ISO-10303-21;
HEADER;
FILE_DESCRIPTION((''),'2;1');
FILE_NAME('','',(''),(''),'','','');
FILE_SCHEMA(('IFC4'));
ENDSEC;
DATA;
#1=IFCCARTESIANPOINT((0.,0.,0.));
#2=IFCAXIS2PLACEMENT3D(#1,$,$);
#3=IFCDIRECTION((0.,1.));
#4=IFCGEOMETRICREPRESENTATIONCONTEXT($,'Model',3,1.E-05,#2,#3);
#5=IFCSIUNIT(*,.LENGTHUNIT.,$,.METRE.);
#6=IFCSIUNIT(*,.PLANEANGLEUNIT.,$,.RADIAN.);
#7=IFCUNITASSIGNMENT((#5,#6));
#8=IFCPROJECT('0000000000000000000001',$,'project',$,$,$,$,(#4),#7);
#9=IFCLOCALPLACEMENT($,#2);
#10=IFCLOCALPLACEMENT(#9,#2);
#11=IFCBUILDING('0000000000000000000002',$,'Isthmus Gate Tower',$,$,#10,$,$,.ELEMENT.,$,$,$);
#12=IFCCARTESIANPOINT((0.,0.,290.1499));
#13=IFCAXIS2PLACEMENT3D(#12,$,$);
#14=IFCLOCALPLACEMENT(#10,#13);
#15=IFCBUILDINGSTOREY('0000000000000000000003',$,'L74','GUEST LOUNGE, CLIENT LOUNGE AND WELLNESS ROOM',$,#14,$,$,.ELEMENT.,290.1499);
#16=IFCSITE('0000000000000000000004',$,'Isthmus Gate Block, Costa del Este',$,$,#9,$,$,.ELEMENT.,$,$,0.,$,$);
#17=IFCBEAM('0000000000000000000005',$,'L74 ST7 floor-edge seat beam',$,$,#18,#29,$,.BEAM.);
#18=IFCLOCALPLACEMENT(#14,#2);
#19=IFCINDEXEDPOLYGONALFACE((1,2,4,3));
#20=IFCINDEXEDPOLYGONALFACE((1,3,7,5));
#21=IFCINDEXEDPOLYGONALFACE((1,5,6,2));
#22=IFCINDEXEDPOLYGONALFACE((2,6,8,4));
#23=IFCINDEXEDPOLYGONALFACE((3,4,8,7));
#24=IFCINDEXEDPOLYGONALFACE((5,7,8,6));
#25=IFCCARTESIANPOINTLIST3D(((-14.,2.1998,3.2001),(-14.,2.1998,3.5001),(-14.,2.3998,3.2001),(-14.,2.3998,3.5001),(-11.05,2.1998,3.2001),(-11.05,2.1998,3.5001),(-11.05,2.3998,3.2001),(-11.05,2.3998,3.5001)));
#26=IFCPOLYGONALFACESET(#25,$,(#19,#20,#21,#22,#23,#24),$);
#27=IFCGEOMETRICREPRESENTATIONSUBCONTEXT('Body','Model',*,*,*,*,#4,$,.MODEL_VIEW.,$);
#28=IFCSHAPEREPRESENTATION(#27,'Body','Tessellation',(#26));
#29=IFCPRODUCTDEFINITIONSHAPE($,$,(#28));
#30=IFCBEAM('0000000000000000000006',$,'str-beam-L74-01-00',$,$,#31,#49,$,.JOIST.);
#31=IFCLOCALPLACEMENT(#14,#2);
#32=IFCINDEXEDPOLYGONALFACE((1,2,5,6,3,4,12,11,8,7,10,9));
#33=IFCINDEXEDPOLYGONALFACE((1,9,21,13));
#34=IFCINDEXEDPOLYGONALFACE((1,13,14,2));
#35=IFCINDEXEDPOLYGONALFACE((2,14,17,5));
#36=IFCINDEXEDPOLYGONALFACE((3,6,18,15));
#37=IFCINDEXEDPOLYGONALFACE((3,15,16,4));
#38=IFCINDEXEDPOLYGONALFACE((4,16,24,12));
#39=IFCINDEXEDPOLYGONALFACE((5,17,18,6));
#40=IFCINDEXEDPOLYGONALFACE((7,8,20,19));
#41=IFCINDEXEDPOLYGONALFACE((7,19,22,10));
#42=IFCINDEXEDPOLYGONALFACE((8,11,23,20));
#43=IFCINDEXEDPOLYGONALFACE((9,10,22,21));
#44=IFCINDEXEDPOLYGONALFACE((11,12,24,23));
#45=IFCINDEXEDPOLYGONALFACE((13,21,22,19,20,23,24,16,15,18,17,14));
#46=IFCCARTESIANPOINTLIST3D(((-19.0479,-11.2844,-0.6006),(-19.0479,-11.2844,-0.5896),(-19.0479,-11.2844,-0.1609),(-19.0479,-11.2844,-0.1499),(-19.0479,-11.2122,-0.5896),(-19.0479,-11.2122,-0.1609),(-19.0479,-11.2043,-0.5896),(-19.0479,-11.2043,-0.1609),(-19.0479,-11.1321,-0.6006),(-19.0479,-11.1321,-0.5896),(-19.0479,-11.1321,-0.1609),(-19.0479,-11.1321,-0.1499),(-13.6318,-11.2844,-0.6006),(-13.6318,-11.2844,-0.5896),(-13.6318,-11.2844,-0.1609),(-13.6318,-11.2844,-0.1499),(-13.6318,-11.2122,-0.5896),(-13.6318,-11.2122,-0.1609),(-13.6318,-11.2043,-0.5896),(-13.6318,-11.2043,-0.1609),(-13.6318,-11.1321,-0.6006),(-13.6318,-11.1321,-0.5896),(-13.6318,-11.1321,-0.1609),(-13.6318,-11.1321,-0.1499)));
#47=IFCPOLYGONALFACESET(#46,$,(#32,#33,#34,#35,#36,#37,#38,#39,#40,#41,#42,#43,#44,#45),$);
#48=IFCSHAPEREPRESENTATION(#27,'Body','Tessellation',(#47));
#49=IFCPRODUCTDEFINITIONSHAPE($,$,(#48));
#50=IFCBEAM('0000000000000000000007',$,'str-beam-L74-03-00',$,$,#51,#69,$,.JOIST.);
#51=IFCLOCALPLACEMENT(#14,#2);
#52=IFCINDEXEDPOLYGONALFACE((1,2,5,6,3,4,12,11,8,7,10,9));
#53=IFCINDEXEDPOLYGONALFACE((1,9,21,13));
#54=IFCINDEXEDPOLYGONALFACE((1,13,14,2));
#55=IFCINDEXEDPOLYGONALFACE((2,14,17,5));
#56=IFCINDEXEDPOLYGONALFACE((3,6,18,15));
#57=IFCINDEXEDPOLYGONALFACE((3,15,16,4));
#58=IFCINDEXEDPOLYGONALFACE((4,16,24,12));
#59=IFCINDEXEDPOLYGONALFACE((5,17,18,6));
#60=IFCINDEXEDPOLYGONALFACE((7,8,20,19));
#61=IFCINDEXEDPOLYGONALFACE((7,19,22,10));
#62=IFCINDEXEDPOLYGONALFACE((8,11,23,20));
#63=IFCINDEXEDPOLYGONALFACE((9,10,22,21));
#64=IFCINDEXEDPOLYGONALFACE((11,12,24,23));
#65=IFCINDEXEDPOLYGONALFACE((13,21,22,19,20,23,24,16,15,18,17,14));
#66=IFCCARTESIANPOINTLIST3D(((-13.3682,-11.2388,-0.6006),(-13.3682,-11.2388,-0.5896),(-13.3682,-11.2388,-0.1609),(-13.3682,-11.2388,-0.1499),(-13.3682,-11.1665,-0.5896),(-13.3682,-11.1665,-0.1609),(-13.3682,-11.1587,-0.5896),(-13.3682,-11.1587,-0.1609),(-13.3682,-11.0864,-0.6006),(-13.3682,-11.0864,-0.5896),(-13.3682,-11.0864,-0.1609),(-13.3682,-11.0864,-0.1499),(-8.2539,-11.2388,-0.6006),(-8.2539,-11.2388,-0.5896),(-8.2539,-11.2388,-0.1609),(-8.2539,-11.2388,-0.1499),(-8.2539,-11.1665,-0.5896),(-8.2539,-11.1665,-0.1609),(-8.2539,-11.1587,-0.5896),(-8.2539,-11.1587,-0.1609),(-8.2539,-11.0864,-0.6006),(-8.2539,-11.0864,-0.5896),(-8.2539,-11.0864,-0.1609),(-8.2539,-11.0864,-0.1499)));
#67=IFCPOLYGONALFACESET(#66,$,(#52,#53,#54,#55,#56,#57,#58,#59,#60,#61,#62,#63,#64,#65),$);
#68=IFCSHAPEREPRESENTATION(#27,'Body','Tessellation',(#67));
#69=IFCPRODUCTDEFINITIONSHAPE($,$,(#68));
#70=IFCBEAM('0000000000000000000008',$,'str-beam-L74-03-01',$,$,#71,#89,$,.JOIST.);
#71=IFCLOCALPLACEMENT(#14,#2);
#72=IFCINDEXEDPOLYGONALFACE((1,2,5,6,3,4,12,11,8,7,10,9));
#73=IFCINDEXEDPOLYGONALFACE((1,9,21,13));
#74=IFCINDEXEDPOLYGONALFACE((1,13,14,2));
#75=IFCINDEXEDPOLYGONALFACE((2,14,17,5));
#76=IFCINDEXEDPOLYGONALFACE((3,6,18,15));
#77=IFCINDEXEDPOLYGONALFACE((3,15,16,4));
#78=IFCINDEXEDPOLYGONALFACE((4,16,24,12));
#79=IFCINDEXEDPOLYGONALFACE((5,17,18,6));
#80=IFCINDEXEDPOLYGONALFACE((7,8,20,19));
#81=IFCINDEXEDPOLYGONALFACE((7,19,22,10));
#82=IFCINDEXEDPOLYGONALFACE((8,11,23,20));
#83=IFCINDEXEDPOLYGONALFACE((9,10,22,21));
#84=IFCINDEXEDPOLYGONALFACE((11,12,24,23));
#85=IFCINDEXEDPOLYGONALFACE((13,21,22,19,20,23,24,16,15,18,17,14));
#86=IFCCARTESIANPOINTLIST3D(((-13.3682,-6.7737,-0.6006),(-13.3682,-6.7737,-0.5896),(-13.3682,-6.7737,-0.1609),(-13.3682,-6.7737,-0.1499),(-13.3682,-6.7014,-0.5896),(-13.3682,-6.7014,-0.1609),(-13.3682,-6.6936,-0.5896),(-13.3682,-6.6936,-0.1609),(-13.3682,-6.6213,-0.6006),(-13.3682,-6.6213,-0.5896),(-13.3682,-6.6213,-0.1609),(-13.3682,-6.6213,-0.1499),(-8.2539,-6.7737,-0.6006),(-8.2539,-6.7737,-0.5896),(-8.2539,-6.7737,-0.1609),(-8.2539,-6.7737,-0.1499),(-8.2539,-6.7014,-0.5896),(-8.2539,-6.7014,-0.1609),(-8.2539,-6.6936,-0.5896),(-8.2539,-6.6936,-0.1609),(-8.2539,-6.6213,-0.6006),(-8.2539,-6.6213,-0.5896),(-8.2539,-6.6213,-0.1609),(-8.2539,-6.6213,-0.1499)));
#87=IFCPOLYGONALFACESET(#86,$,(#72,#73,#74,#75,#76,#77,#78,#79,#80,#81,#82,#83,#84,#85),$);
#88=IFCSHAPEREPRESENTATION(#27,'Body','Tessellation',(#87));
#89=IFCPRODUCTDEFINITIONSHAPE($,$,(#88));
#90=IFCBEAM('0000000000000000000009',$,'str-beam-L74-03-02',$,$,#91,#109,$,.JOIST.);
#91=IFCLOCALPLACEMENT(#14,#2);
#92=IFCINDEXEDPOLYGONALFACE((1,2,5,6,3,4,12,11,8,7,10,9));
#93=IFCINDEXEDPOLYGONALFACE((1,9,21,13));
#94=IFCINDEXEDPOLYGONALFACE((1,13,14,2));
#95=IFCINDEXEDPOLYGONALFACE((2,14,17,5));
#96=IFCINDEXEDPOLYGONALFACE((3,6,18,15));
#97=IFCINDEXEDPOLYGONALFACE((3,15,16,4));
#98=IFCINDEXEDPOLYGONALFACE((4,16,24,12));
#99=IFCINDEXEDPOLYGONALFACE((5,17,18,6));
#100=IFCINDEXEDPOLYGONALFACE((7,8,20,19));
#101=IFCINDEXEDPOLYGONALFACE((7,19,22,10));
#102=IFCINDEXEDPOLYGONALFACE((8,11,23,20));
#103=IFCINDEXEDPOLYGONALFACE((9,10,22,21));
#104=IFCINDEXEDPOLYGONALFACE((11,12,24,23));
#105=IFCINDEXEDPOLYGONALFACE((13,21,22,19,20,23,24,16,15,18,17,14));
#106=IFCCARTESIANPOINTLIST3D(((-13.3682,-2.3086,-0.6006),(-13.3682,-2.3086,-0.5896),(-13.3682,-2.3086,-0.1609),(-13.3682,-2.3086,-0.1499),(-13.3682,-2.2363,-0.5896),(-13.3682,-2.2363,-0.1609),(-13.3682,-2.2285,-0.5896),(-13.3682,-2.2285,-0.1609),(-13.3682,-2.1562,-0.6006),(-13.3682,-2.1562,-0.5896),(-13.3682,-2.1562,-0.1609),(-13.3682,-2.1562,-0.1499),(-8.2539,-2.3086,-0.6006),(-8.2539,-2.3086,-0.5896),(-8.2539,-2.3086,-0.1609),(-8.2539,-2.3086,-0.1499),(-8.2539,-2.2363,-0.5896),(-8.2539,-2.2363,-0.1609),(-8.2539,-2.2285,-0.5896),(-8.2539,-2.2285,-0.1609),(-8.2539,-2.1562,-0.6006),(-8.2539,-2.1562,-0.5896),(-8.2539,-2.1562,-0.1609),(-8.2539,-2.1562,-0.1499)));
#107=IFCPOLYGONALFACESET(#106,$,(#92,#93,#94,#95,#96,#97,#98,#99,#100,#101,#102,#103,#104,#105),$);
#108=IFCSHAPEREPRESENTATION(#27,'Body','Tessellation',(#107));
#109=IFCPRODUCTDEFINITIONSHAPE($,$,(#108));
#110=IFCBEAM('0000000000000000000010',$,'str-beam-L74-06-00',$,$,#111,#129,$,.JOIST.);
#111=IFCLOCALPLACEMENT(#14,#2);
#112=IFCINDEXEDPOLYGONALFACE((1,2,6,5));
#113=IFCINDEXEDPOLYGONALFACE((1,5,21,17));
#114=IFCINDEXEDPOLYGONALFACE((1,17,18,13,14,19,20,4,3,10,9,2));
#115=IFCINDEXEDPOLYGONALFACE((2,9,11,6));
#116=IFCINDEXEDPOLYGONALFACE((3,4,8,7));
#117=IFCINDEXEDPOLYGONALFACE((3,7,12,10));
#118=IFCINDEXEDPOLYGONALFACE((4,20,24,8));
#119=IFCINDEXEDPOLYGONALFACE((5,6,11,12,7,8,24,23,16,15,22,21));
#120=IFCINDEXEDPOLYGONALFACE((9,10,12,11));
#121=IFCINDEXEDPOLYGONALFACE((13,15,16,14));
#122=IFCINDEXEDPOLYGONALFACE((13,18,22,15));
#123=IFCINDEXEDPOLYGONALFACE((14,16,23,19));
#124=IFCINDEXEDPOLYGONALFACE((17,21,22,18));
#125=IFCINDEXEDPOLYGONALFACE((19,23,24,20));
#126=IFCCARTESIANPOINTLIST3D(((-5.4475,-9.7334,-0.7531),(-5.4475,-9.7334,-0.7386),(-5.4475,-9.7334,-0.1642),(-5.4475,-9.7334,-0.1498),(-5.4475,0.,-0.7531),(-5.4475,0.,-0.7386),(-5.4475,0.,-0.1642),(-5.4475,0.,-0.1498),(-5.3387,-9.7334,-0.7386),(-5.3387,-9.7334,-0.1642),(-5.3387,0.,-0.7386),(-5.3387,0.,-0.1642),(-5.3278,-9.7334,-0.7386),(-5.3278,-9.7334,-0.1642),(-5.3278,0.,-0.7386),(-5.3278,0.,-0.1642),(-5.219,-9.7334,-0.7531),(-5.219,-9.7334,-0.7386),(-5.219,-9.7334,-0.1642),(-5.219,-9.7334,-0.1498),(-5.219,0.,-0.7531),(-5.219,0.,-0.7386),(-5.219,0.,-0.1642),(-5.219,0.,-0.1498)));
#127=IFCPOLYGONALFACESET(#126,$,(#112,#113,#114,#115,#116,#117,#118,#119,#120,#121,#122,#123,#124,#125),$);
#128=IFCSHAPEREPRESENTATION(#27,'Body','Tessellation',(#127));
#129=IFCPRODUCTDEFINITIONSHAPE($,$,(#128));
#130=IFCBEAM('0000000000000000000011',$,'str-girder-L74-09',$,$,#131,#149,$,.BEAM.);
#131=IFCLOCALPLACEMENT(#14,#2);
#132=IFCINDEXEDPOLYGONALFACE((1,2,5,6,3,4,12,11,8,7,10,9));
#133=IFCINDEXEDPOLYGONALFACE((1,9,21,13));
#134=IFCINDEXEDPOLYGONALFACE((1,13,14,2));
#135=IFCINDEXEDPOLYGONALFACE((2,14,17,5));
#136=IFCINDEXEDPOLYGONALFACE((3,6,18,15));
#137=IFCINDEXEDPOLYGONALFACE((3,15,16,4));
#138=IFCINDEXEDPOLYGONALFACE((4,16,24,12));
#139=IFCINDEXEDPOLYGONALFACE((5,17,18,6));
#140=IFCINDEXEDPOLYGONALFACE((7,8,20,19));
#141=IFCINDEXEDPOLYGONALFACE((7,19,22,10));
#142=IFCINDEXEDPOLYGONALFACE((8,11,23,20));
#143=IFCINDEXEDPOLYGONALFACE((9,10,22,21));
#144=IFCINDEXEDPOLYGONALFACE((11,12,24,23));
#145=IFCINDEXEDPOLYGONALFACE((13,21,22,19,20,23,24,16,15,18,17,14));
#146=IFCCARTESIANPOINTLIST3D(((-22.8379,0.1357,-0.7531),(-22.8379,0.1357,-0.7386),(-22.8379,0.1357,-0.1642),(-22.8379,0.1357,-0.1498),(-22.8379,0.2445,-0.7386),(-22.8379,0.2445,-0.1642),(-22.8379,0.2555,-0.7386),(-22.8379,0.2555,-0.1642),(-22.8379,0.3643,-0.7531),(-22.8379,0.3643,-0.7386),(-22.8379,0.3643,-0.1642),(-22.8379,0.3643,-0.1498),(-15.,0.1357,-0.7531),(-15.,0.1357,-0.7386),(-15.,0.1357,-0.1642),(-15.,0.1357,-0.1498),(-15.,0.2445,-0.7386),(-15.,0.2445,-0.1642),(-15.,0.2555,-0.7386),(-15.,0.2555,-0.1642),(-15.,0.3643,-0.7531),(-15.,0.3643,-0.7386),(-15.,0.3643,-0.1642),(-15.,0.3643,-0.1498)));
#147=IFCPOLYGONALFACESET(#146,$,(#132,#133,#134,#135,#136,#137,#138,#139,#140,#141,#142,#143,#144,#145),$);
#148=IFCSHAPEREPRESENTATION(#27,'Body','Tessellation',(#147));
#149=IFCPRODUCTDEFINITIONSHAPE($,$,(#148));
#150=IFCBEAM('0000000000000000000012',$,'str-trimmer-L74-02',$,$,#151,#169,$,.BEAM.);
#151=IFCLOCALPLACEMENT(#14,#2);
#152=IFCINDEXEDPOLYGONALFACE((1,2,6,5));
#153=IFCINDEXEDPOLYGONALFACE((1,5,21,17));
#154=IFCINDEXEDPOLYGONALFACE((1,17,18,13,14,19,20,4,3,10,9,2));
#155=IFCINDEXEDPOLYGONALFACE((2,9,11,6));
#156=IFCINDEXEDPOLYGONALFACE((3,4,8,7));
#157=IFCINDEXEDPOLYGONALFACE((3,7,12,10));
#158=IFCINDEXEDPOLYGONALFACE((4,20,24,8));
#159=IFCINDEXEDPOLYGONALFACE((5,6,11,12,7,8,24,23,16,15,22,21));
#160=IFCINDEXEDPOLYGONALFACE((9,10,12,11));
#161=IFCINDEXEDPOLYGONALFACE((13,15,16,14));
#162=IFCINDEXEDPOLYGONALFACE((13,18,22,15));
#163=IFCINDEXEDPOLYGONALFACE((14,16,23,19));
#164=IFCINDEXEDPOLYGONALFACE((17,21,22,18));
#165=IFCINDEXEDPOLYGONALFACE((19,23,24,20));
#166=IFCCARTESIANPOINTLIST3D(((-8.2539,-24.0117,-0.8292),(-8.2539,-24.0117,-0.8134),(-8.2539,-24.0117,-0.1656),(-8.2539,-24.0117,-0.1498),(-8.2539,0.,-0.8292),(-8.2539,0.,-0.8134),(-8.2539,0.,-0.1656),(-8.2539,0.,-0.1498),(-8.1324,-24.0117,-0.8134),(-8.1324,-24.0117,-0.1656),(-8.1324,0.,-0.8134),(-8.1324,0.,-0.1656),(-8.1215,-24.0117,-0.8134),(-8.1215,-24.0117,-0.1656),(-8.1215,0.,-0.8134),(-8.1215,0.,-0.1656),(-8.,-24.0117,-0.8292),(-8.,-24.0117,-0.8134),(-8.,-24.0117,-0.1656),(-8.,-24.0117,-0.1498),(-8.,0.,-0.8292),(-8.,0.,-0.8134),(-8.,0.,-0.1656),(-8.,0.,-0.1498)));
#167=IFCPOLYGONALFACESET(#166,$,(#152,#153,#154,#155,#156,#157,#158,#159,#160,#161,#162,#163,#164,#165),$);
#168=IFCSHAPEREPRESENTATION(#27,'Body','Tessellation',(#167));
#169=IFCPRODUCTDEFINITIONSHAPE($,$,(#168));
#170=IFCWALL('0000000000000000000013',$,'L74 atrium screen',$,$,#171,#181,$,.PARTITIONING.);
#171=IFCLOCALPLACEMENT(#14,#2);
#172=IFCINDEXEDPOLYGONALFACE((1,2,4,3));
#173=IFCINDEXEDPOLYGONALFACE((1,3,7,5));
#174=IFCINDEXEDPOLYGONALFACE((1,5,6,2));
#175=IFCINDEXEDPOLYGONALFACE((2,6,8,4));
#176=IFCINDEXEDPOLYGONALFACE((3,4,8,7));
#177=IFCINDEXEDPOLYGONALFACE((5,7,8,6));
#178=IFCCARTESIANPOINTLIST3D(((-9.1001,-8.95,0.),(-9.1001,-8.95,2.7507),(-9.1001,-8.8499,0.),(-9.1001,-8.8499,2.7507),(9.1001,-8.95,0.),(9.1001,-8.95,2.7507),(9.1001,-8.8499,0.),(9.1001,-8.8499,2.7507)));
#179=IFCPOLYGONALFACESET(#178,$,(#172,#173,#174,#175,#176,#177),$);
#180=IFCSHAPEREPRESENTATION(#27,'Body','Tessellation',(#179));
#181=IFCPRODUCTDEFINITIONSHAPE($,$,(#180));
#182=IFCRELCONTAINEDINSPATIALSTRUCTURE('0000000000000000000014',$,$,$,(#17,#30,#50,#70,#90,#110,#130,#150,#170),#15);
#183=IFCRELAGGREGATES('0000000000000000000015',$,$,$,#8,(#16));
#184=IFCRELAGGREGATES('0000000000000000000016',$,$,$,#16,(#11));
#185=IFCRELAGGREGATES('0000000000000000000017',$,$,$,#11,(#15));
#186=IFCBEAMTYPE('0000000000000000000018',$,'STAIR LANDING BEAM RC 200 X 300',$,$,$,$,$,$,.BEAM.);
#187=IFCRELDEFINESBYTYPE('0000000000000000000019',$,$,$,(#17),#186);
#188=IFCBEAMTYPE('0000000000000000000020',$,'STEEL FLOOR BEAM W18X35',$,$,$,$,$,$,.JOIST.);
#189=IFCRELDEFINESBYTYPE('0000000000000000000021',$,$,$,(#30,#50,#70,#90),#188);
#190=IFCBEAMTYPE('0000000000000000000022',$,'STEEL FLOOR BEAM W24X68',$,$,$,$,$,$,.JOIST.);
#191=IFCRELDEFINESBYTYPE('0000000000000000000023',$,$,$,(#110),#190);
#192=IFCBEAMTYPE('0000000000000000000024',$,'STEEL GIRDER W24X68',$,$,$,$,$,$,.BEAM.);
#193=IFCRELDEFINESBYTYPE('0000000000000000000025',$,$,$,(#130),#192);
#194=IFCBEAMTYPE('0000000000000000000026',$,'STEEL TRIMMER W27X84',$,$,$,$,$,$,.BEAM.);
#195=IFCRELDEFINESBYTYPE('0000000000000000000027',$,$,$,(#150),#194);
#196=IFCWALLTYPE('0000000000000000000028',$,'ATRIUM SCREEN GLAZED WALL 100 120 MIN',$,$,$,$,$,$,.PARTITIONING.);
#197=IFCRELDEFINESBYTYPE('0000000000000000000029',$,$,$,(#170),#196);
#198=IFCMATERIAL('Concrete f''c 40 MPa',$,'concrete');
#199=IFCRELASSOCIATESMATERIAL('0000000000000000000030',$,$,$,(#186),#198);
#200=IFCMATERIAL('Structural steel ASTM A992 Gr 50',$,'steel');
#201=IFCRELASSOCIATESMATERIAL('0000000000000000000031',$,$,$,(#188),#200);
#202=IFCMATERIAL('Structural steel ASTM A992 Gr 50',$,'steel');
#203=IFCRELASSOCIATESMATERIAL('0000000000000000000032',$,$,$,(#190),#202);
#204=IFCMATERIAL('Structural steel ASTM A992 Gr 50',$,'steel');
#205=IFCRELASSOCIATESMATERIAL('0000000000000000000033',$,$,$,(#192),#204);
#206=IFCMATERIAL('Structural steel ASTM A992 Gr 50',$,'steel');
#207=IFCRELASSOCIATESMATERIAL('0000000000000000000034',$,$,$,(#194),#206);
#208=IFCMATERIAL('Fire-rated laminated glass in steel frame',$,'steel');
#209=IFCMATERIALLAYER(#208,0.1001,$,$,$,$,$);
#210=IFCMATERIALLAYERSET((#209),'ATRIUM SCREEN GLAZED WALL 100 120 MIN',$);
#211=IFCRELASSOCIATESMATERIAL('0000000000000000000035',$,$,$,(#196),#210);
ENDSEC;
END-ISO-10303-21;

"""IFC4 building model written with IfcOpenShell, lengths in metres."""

from ifc_helpers import new_model, si_unit, direction, frame, frame_2d, origin, origin_2d, place, context, subcontext, project, spatial, rectangle, i_section, extrude, material, layer, layer_set, material_profile, profile_set, type_object, element, save


model = new_model("IFC4")

# Units and contexts
model_context = context("Model", 3, precision=1e-05, world=origin(), true_north=direction((0.0, 1.0)))
body_context = subcontext(model_context, "Body", "Model", "MODEL_VIEW")
ifc_project = project(units=[si_unit("LENGTHUNIT", "METRE"), si_unit("PLANEANGLEUNIT", "RADIAN")], contexts=[model_context])

# Site, building, storey
site_placement = place(None, origin())
site = spatial("IfcSite", under=ifc_project, at=site_placement, Name="Isthmus Gate Block, Costa del Este", CompositionType="ELEMENT", RefElevation=0.0)
building_placement = place(site_placement, origin())
building = spatial("IfcBuilding", under=site, at=building_placement, Name="Isthmus Gate Tower", CompositionType="ELEMENT")
storey_placement = place(building_placement, frame((0.0, 0.0, 290.1499)))
storey = spatial("IfcBuildingStorey", under=building, at=storey_placement, Name="L74", Description="GUEST LOUNGE, CLIENT LOUNGE AND WELLNESS ROOM", CompositionType="ELEMENT", Elevation=290.1499)

# Beams
ifc_material_1 = material(Name="Concrete f'c 40 MPa", Category="concrete")
ifc_material_profile_1 = material_profile(ifc_material_1, rectangle(XDim=0.2, YDim=0.3, at=origin_2d()), Name="STAIR LANDING BEAM RC 200 X 300")
ifc_profile_set_1 = profile_set([ifc_material_profile_1], Name="Concrete f'c 40 MPa")
beam_type_1 = type_object("IfcBeamType", Name="STAIR LANDING BEAM RC 200 X 300", PredefinedType="BEAM", material=ifc_profile_set_1)
beam_1_placement = place(storey_placement, frame((-14.0, 2.2998, 3.3501), z_axis=(1.0, 0.0, 0.0), x_axis=(0.0, 1.0, 0.0)))
element("IfcBeam", 1, at=beam_1_placement, inside=storey, type_object=beam_type_1, Name="L74 ST7 floor-edge seat beam", PredefinedType="BEAM", context=body_context, shape_type="SweptSolid", body=[
    extrude(rectangle(XDim=0.2, YDim=0.3, at=origin_2d()), origin(), (0.0, 0.0, 1.0), 2.95),
])
ifc_material_2 = material(Name="Structural steel ASTM A992 Gr 50", Category="steel")
ifc_material_profile_2 = material_profile(ifc_material_2, i_section(OverallWidth=0.1523, OverallDepth=0.4507, WebThickness=0.0078, FlangeThickness=0.011, at=origin_2d()), Name="W18X35")
ifc_profile_set_2 = profile_set([ifc_material_profile_2], Name="Structural steel ASTM A992 Gr 50")
beam_type_2 = type_object("IfcBeamType", Name="STEEL FLOOR BEAM W18X35", PredefinedType="JOIST", material=ifc_profile_set_2)
beam_2_placement = place(storey_placement, frame((-19.0479, -11.2083, -0.3752), z_axis=(1.0, 0.0, 0.0), x_axis=(0.0, 1.0, 0.0)))
element("IfcBeam", 2, at=beam_2_placement, inside=storey, type_object=beam_type_2, Name="str-beam-L74-01-00", PredefinedType="JOIST", context=body_context, shape_type="SweptSolid", body=[
    extrude(i_section(OverallWidth=0.1523, OverallDepth=0.4507, WebThickness=0.0078, FlangeThickness=0.011, at=origin_2d()), origin(), (0.0, 0.0, 1.0), 5.416),
])
for number, where, z_axis, x_axis, name in (
    (3, (-13.3682, -11.1626, -0.3752), (1.0, 0.0, 0.0), (0.0, 1.0, 0.0), "str-beam-L74-03-00"),
    (4, (-13.3682, -6.6975, -0.3752), (1.0, 0.0, 0.0), (0.0, 1.0, 0.0), "str-beam-L74-03-01"),
    (5, (-13.3682, -2.2324, -0.3752), (1.0, 0.0, 0.0), (0.0, 1.0, 0.0), "str-beam-L74-03-02"),
):
    element("IfcBeam", number, at=place(storey_placement, frame(where, z_axis=z_axis, x_axis=x_axis)), inside=storey, type_object=beam_type_2, Name=name, PredefinedType="JOIST", context=body_context, shape_type="SweptSolid", body=[
        extrude(i_section(OverallWidth=0.1523, OverallDepth=0.4507, WebThickness=0.0078, FlangeThickness=0.011, at=origin_2d()), origin(), (0.0, 0.0, 1.0), 5.1143),
    ])
ifc_material_3 = material(Name="Structural steel ASTM A992 Gr 50", Category="steel")
ifc_material_profile_3 = material_profile(ifc_material_3, i_section(OverallWidth=0.2285, OverallDepth=0.6033, WebThickness=0.011, FlangeThickness=0.0144, at=origin_2d()), Name="W24X68")
ifc_profile_set_3 = profile_set([ifc_material_profile_3], Name="Structural steel ASTM A992 Gr 50")
beam_type_3 = type_object("IfcBeamType", Name="STEEL FLOOR BEAM W24X68", PredefinedType="JOIST", material=ifc_profile_set_3)
beam_3_placement = place(storey_placement, frame((-5.3333, -9.7334, -0.4514), z_axis=(0.0, 1.0, 0.0), x_axis=(-1.0, 0.0, 0.0)))
element("IfcBeam", 6, at=beam_3_placement, inside=storey, type_object=beam_type_3, Name="str-beam-L74-06-00", PredefinedType="JOIST", context=body_context, shape_type="SweptSolid", body=[
    extrude(i_section(OverallWidth=0.2285, OverallDepth=0.6033, WebThickness=0.011, FlangeThickness=0.0144, at=origin_2d()), origin(), (0.0, 0.0, 1.0), 9.7334),
])
ifc_material_4 = material(Name="Structural steel ASTM A992 Gr 50", Category="steel")
ifc_material_profile_4 = material_profile(ifc_material_4, i_section(OverallWidth=0.2285, OverallDepth=0.6033, WebThickness=0.011, FlangeThickness=0.0144, at=origin_2d()), Name="W24X68")
ifc_profile_set_4 = profile_set([ifc_material_profile_4], Name="Structural steel ASTM A992 Gr 50")
beam_type_4 = type_object("IfcBeamType", Name="STEEL GIRDER W24X68", PredefinedType="BEAM", material=ifc_profile_set_4)
beam_4_placement = place(storey_placement, frame((-15.0, 0.25, -0.4514), z_axis=(-1.0, 0.0, 0.0), x_axis=(0.0, -1.0, 0.0)))
element("IfcBeam", 7, at=beam_4_placement, inside=storey, type_object=beam_type_4, Name="str-girder-L74-09", PredefinedType="BEAM", context=body_context, shape_type="SweptSolid", body=[
    extrude(i_section(OverallWidth=0.2285, OverallDepth=0.6033, WebThickness=0.011, FlangeThickness=0.0144, at=origin_2d()), origin(), (0.0, 0.0, 1.0), 7.8379),
])
ifc_material_5 = material(Name="Structural steel ASTM A992 Gr 50", Category="steel")
ifc_material_profile_5 = material_profile(ifc_material_5, i_section(OverallWidth=0.2539, OverallDepth=0.6794, WebThickness=0.011, FlangeThickness=0.0159, at=origin_2d()), Name="W27X84")
ifc_profile_set_5 = profile_set([ifc_material_profile_5], Name="Structural steel ASTM A992 Gr 50")
beam_type_5 = type_object("IfcBeamType", Name="STEEL TRIMMER W27X84", PredefinedType="BEAM", material=ifc_profile_set_5)
beam_5_placement = place(storey_placement, frame((-8.127, 0.0, -0.4895), z_axis=(0.0, -1.0, 0.0), x_axis=(1.0, 0.0, 0.0)))
element("IfcBeam", 8, at=beam_5_placement, inside=storey, type_object=beam_type_5, Name="str-trimmer-L74-02", PredefinedType="BEAM", context=body_context, shape_type="SweptSolid", body=[
    extrude(i_section(OverallWidth=0.2539, OverallDepth=0.6794, WebThickness=0.011, FlangeThickness=0.0159, at=origin_2d()), origin(), (0.0, 0.0, 1.0), 24.0117),
])

# Wall
ifc_material_6 = material(Name="Fire-rated laminated glass in steel frame", Category="steel")
ifc_layer_1 = layer(ifc_material_6, 0.1001)
ifc_layer_set_1 = layer_set([ifc_layer_1], Name="ATRIUM SCREEN GLAZED WALL 100 120 MIN")
wall_type_1 = type_object("IfcWallType", Name="ATRIUM SCREEN GLAZED WALL 100 120 MIN", PredefinedType="PARTITIONING", material=ifc_layer_set_1)
wall_1_placement = place(storey_placement, frame((-9.1001, -8.8999, 0.0), z_axis=(0.0, 0.0, 1.0), x_axis=(1.0, 0.0, 0.0)))
element("IfcWall", 9, at=wall_1_placement, inside=storey, type_object=wall_type_1, Name="L74 atrium screen", PredefinedType="PARTITIONING", context=body_context, shape_type="SweptSolid", body=[
    extrude(rectangle(XDim=18.2002, YDim=0.1001, at=frame_2d((9.1001, 0.0))), origin(), (0.0, 0.0, 1.0), 2.7507),
])

save(model, "model.ifc")
